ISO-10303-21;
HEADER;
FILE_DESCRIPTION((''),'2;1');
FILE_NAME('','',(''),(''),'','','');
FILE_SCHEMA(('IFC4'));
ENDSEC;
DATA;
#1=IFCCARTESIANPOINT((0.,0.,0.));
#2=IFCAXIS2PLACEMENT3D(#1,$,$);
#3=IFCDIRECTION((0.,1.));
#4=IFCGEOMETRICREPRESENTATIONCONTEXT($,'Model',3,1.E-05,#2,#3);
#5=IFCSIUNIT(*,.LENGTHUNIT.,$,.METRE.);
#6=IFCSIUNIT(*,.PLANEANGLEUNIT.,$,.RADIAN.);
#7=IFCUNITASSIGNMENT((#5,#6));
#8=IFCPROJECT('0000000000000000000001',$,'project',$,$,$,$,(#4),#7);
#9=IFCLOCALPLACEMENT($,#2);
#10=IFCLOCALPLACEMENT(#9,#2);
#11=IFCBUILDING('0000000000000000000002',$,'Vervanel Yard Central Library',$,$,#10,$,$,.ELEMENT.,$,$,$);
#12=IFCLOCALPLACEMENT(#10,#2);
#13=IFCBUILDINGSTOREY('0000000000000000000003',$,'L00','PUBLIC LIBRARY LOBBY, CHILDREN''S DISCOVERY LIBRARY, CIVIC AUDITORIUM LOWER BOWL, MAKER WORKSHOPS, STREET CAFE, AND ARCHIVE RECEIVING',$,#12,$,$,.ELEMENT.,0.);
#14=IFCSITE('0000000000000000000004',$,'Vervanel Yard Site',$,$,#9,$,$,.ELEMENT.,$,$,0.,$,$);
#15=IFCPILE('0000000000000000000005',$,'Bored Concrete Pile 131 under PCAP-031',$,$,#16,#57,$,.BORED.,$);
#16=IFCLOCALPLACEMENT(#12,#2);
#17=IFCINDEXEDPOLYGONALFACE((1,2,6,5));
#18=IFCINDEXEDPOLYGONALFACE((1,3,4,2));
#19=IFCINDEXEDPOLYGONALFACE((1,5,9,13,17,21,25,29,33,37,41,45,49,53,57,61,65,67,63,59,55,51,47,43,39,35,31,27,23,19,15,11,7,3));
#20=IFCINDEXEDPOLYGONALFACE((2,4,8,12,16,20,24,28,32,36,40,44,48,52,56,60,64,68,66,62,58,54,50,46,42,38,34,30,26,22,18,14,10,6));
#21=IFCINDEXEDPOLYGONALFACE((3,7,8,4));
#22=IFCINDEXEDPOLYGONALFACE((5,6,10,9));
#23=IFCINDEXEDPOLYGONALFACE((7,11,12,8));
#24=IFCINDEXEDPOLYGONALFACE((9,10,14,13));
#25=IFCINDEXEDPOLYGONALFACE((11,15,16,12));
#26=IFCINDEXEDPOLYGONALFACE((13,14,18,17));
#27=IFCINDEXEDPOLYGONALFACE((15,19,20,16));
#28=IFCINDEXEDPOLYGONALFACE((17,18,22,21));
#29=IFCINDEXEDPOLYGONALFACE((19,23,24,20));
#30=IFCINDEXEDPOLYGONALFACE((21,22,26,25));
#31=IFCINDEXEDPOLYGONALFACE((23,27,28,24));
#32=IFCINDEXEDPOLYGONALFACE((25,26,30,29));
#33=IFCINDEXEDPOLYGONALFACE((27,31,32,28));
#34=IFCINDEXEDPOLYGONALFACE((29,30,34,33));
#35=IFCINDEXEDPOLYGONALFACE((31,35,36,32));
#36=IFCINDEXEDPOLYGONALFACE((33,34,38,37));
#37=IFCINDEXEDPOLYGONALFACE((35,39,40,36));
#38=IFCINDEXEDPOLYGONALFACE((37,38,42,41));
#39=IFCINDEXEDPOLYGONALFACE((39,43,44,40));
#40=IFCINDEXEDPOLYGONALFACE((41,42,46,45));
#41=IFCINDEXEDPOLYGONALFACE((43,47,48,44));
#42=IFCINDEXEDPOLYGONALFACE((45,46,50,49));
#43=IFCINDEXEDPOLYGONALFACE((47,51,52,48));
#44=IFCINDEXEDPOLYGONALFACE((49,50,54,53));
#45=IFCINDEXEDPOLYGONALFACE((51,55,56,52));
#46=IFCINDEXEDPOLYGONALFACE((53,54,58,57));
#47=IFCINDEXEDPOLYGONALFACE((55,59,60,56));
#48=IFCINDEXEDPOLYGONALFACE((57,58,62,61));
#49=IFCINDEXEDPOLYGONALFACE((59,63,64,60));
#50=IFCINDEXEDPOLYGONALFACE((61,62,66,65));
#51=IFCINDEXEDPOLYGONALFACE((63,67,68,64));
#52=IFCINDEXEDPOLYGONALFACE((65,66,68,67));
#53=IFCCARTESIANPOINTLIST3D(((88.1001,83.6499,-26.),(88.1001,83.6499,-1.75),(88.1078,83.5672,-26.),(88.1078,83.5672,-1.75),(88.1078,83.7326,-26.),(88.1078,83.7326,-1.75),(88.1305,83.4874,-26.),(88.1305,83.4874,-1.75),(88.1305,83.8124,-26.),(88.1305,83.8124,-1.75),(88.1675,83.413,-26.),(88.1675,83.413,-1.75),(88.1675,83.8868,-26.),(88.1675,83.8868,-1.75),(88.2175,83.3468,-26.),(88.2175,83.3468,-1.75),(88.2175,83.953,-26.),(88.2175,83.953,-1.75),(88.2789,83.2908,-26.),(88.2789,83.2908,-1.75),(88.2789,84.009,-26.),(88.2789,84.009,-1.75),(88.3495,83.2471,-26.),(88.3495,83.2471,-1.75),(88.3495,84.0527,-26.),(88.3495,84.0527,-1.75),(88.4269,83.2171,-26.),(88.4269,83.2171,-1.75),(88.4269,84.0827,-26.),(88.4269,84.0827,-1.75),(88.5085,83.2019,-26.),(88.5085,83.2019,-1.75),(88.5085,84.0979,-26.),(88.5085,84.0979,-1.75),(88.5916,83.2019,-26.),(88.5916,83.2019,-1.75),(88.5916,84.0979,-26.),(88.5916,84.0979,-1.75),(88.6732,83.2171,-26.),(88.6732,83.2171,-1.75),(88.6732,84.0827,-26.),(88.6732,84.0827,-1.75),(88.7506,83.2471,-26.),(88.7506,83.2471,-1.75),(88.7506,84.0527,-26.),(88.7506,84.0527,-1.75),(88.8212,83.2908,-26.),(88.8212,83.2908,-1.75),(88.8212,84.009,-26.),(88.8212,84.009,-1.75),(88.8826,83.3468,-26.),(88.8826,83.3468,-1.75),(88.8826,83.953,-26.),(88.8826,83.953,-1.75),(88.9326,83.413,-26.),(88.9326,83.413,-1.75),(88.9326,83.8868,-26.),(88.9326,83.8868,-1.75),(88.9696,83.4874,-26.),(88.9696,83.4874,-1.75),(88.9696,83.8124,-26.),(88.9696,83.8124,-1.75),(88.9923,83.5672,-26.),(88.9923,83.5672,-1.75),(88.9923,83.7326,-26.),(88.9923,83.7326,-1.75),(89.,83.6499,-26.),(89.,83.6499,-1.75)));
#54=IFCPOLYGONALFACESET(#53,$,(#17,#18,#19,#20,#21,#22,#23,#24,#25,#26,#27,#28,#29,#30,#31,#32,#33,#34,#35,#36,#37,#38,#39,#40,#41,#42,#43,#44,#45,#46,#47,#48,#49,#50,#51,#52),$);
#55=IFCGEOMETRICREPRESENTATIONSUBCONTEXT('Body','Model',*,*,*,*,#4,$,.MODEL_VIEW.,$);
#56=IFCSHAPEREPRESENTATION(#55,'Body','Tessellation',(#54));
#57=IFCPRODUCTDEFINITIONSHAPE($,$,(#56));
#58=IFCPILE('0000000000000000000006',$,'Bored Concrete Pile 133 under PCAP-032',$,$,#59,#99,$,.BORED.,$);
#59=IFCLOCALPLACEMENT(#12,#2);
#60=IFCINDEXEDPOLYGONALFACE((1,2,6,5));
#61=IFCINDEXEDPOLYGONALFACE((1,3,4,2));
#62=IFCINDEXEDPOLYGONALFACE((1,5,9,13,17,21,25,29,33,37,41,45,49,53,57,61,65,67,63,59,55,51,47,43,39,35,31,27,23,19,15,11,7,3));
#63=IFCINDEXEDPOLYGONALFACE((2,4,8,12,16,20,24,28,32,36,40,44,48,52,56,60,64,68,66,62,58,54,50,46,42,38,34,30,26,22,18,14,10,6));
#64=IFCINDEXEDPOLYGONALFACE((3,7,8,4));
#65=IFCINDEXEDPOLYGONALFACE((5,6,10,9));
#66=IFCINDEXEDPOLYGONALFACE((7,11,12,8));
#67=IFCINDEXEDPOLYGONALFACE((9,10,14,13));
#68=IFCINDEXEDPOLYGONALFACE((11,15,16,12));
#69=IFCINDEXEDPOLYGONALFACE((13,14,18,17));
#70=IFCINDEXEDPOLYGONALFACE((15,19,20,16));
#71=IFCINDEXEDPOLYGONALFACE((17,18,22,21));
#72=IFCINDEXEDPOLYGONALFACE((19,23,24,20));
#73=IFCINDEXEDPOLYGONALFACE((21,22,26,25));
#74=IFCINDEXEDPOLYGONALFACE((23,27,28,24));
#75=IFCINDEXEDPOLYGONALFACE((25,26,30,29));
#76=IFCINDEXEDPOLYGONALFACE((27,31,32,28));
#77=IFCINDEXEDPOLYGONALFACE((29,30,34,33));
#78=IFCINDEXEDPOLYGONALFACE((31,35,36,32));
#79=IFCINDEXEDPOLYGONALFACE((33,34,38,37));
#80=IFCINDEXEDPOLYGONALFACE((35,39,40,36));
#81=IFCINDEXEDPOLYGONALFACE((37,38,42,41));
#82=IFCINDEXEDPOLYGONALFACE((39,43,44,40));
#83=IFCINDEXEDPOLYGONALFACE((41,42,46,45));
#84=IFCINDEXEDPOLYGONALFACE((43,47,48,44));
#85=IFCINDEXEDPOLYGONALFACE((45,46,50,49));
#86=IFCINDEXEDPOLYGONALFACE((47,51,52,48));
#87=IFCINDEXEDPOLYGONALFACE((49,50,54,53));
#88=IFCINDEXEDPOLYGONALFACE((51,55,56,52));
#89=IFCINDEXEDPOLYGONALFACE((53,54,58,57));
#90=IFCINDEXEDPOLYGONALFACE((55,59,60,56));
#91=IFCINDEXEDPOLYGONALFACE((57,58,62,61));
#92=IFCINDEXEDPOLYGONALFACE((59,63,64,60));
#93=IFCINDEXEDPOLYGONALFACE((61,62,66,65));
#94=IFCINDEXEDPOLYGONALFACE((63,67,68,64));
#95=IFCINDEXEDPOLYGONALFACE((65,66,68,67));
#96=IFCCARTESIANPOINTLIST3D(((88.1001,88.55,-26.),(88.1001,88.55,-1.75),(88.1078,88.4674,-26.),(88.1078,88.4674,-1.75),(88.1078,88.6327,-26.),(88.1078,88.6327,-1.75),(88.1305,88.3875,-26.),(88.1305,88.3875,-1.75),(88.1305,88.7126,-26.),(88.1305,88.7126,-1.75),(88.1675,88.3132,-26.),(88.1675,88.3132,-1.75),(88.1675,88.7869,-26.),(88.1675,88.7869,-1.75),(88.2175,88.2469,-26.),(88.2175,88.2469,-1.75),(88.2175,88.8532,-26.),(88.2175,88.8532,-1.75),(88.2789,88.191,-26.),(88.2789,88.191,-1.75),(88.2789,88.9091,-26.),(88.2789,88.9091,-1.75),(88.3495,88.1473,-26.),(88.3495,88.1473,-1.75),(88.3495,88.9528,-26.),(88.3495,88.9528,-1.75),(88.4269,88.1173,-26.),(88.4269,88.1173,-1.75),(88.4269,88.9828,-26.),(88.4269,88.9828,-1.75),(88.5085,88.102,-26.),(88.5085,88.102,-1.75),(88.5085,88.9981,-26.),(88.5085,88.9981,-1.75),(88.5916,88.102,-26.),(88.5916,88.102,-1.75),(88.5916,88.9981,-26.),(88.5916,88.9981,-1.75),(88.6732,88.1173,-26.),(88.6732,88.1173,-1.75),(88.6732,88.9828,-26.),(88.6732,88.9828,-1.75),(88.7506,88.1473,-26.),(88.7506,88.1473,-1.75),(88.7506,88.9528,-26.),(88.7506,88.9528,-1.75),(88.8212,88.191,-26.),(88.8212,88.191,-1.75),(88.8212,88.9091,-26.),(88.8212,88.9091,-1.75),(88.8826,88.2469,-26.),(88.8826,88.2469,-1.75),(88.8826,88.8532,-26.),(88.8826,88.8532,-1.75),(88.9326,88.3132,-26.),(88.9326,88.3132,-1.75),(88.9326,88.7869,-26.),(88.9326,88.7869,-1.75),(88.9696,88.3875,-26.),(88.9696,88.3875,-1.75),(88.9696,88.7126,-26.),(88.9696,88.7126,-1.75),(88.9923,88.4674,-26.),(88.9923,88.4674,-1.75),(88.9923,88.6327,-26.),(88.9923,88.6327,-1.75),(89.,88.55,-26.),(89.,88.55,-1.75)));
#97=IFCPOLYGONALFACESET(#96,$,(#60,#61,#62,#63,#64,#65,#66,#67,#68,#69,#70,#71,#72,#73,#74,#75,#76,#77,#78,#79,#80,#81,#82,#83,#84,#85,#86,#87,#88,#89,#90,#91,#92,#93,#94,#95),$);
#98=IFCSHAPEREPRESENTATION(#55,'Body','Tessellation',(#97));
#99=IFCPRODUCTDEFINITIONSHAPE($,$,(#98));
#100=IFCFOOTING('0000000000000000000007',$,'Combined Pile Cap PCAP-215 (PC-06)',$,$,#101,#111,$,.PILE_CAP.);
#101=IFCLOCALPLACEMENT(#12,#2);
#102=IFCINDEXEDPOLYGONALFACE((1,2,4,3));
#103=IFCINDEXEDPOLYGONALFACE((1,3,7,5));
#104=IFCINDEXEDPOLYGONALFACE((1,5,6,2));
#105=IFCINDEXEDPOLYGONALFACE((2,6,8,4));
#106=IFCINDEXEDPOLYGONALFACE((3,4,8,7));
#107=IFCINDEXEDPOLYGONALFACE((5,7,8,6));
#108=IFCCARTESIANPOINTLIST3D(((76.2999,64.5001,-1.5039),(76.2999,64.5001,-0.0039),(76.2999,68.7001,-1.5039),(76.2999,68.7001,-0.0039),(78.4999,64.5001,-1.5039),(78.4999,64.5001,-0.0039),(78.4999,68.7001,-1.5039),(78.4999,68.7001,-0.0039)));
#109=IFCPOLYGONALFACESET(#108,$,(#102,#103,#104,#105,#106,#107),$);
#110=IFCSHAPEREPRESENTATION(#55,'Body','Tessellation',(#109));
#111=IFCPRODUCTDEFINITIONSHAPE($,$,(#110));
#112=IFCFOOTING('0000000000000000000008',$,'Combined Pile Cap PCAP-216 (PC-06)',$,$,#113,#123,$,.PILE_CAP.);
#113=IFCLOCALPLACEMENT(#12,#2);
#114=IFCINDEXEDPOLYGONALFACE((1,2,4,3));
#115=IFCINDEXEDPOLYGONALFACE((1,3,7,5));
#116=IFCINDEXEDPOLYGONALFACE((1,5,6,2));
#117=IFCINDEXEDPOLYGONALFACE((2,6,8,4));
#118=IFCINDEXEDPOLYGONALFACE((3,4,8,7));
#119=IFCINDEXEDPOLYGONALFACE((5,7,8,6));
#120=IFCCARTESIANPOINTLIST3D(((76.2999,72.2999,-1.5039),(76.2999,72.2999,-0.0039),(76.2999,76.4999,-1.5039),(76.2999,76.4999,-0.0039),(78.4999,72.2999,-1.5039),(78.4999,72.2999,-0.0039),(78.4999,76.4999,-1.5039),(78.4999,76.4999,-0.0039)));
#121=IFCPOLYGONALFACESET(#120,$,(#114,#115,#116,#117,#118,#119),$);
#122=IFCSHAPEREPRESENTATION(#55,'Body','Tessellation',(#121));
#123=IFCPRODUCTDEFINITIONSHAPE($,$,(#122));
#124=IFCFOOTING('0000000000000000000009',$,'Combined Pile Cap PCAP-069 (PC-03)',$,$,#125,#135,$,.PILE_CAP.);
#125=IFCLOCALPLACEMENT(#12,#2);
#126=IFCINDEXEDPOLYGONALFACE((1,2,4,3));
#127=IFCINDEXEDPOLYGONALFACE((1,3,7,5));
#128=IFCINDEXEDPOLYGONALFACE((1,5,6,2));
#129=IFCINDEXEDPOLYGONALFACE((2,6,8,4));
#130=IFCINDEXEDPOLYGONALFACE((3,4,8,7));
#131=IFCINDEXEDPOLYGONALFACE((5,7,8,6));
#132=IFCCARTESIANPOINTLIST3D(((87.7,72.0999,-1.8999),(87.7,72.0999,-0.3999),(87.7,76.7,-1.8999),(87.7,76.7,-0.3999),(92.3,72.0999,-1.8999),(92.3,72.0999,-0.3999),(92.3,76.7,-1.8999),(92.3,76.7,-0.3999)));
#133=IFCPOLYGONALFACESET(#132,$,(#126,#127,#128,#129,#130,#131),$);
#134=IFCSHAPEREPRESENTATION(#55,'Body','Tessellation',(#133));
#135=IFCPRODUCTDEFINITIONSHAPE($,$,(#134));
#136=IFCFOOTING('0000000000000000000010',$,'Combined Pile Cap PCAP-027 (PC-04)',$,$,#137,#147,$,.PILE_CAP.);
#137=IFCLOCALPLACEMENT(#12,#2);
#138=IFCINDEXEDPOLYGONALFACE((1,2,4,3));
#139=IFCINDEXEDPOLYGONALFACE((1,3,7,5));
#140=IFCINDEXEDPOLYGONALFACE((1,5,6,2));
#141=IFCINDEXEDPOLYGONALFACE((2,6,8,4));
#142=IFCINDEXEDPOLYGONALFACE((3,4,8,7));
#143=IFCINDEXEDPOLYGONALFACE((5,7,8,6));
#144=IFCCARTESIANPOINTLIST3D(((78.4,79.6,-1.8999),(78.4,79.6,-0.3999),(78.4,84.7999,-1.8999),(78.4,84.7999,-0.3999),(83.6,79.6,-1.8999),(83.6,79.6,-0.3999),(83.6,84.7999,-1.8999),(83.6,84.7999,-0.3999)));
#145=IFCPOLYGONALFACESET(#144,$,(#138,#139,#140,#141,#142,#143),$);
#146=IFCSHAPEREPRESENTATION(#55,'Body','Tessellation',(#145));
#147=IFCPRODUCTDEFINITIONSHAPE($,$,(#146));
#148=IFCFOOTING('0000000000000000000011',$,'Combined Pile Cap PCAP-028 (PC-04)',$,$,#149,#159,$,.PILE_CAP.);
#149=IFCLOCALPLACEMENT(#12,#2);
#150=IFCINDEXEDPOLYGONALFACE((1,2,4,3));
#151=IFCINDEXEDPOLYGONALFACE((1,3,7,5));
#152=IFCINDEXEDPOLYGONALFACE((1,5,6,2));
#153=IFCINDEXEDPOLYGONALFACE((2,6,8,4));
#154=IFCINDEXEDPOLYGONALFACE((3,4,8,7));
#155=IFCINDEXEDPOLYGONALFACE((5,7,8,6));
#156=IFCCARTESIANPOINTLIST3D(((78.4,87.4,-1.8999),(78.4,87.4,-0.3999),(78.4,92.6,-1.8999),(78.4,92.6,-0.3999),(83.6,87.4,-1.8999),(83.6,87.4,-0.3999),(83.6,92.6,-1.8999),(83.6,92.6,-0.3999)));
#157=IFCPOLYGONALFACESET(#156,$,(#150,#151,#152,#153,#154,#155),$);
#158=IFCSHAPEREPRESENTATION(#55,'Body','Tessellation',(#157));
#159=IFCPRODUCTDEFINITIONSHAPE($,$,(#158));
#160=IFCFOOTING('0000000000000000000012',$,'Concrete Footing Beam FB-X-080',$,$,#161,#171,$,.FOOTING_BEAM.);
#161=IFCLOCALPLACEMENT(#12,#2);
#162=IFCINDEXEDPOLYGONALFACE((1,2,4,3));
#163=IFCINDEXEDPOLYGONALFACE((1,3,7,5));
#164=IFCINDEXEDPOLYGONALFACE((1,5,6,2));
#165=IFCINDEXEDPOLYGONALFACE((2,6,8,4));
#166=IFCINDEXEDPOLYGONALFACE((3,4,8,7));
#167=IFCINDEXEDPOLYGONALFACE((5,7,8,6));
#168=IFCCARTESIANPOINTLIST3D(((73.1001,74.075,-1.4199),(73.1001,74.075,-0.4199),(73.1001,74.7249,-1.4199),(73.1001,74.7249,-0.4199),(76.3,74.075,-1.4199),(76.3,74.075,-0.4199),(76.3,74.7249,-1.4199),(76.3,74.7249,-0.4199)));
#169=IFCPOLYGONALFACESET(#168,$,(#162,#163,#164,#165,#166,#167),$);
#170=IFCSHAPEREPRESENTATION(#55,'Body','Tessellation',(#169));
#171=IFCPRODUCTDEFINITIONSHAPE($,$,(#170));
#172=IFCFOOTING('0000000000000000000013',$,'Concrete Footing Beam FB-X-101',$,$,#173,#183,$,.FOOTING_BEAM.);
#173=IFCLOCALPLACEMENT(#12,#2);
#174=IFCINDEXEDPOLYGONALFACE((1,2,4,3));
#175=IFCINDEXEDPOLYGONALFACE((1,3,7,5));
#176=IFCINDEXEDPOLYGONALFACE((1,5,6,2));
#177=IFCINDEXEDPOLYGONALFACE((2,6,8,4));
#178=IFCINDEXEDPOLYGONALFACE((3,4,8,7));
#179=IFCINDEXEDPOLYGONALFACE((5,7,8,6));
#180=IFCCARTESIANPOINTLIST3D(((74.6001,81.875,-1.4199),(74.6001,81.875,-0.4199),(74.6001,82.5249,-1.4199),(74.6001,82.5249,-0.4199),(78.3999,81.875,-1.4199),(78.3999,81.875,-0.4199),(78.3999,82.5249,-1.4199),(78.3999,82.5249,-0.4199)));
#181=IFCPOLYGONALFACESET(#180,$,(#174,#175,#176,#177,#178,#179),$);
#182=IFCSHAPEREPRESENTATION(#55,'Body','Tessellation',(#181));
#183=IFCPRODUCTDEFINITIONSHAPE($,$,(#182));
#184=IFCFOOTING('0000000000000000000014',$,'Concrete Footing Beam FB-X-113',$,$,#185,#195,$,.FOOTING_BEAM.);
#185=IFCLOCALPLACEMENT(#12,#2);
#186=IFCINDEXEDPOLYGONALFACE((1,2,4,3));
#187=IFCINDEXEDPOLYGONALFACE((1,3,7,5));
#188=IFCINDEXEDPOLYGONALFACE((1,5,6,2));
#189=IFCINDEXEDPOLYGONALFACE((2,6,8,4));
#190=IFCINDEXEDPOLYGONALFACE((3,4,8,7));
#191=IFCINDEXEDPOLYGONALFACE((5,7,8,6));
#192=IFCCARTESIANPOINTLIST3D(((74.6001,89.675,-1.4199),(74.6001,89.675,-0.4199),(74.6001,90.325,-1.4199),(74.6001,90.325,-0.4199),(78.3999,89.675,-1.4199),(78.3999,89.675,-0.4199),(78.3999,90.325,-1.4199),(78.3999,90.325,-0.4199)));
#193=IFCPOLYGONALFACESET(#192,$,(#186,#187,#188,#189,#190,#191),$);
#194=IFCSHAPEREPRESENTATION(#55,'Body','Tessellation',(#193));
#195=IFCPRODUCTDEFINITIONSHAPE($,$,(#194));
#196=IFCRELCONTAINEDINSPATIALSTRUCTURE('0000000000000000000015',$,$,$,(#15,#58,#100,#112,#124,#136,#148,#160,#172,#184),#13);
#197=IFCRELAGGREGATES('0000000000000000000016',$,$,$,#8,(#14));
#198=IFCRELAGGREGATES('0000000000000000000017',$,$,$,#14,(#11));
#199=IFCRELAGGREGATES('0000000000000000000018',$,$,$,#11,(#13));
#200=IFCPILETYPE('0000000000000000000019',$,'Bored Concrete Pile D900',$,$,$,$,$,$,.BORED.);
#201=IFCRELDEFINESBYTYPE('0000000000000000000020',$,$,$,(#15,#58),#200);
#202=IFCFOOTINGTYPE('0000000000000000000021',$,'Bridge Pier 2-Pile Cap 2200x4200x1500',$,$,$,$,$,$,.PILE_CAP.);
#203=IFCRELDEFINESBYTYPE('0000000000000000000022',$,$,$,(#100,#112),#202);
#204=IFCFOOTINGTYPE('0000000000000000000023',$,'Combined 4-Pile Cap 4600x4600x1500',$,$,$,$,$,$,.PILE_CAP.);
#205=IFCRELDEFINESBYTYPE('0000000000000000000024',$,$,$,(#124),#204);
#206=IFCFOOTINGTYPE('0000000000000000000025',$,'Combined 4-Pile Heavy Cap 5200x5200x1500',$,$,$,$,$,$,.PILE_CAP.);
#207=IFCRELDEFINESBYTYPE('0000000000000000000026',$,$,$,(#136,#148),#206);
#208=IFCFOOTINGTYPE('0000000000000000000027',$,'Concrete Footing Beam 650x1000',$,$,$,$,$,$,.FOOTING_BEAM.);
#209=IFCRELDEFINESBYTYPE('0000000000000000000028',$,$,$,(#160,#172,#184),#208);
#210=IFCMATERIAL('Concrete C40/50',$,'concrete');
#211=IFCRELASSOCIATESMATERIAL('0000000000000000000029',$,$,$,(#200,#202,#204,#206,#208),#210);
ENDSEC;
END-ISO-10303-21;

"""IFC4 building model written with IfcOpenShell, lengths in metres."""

from ifc_helpers import new_model, si_unit, direction, frame, origin, origin_2d, place, context, subcontext, project, spatial, rectangle, circle, extrude, material, material_profile, profile_set, type_object, element, save


model = new_model("IFC4")

# Units and contexts
model_context = context("Model", 3, precision=1e-05, world=origin(), true_north=direction((0.0, 1.0)))
body_context = subcontext(model_context, "Body", "Model", "MODEL_VIEW")
ifc_project = project(units=[si_unit("LENGTHUNIT", "METRE"), si_unit("PLANEANGLEUNIT", "RADIAN")], contexts=[model_context])

# Site, building, storey
site_placement = place(None, origin())
site = spatial("IfcSite", under=ifc_project, at=site_placement, Name="Vervanel Yard Site", CompositionType="ELEMENT", RefElevation=0.0)
building_placement = place(site_placement, origin())
building = spatial("IfcBuilding", under=site, at=building_placement, Name="Vervanel Yard Central Library", CompositionType="ELEMENT")
storey_placement = place(building_placement, origin())
storey = spatial("IfcBuildingStorey", under=building, at=storey_placement, Name="L00", Description="PUBLIC LIBRARY LOBBY, CHILDREN'S DISCOVERY LIBRARY, CIVIC AUDITORIUM LOWER BOWL, MAKER WORKSHOPS, STREET CAFE, AND ARCHIVE RECEIVING", CompositionType="ELEMENT", Elevation=0.0)

# Piles
ifc_material_1 = material(Name="Concrete C40/50", Category="concrete")
ifc_material_profile_1 = material_profile(ifc_material_1, circle(Radius=0.45, at=origin_2d()), Name="BP D900", Category="concrete")
ifc_profile_set_1 = profile_set([ifc_material_profile_1], Name="Concrete C40/50")
pile_type_1 = type_object("IfcPileType", Name="Bored Concrete Pile D900", PredefinedType="BORED", material=ifc_profile_set_1)
for number, where, z_axis, x_axis, name in (
    (1, (88.55, 83.6499, -1.75), (0.0, 0.0, -1.0), (1.0, 0.0, 0.0), "Bored Concrete Pile 131 under PCAP-031"),
    (2, (88.55, 88.55, -1.75), (0.0, 0.0, -1.0), (1.0, 0.0, 0.0), "Bored Concrete Pile 133 under PCAP-032"),
):
    element("IfcPile", number, at=place(storey_placement, frame(where, z_axis=z_axis, x_axis=x_axis)), inside=storey, type_object=pile_type_1, Name=name, PredefinedType="BORED", context=body_context, shape_type="SweptSolid", body=[
        extrude(circle(Radius=0.45, at=origin_2d()), origin(), (0.0, 0.0, 1.0), 24.25),
    ])

# Footings
footing_type_1 = type_object("IfcFootingType", Name="Bridge Pier 2-Pile Cap 2200x4200x1500", PredefinedType="PILE_CAP", material=ifc_material_1)
for number, where, z_axis, x_axis, name in (
    (3, (77.3999, 66.6001, -1.5039), (0.0, 0.0, 1.0), (1.0, 0.0, 0.0), "Combined Pile Cap PCAP-215 (PC-06)"),
    (4, (77.3999, 74.3999, -1.5039), (0.0, 0.0, 1.0), (1.0, 0.0, 0.0), "Combined Pile Cap PCAP-216 (PC-06)"),
):
    element("IfcFooting", number, at=place(storey_placement, frame(where, z_axis=z_axis, x_axis=x_axis)), inside=storey, type_object=footing_type_1, Name=name, PredefinedType="PILE_CAP", context=body_context, shape_type="SweptSolid", body=[
        extrude(rectangle(XDim=2.2, YDim=4.2, at=origin_2d()), origin(), (0.0, 0.0, 1.0), 1.5),
    ])
footing_type_2 = type_object("IfcFootingType", Name="Combined 4-Pile Cap 4600x4600x1500", PredefinedType="PILE_CAP", material=ifc_material_1)
footing_1_placement = place(storey_placement, frame((90.0, 74.3999, -1.8999), z_axis=(0.0, 0.0, 1.0), x_axis=(1.0, 0.0, 0.0)))
element("IfcFooting", 5, at=footing_1_placement, inside=storey, type_object=footing_type_2, Name="Combined Pile Cap PCAP-069 (PC-03)", PredefinedType="PILE_CAP", context=body_context, shape_type="SweptSolid", body=[
    extrude(rectangle(XDim=4.6001, YDim=4.6001, at=origin_2d()), origin(), (0.0, 0.0, 1.0), 1.5),
])
footing_type_3 = type_object("IfcFootingType", Name="Combined 4-Pile Heavy Cap 5200x5200x1500", PredefinedType="PILE_CAP", material=ifc_material_1)
for number, where, z_axis, x_axis, name in (
    (6, (81.0, 82.2, -1.8999), (0.0, 0.0, 1.0), (1.0, 0.0, 0.0), "Combined Pile Cap PCAP-027 (PC-04)"),
    (7, (81.0, 90.0, -1.8999), (0.0, 0.0, 1.0), (1.0, 0.0, 0.0), "Combined Pile Cap PCAP-028 (PC-04)"),
):
    element("IfcFooting", number, at=place(storey_placement, frame(where, z_axis=z_axis, x_axis=x_axis)), inside=storey, type_object=footing_type_3, Name=name, PredefinedType="PILE_CAP", context=body_context, shape_type="SweptSolid", body=[
        extrude(rectangle(XDim=5.2, YDim=5.2, at=origin_2d()), origin(), (0.0, 0.0, 1.0), 1.5),
    ])
ifc_material_profile_2 = material_profile(ifc_material_1, rectangle(XDim=0.6499, YDim=1.0, at=origin_2d()), Name="RC 650x1000", Category="concrete")
ifc_profile_set_2 = profile_set([ifc_material_profile_2], Name="Concrete C40/50")
footing_type_4 = type_object("IfcFootingType", Name="Concrete Footing Beam 650x1000", PredefinedType="FOOTING_BEAM", material=ifc_profile_set_2)
footing_2_placement = place(storey_placement, frame((73.1001, 74.3999, -0.9199), z_axis=(1.0, 0.0, 0.0), x_axis=(0.0, 1.0, 0.0)))
element("IfcFooting", 8, at=footing_2_placement, inside=storey, type_object=footing_type_4, Name="Concrete Footing Beam FB-X-080", PredefinedType="FOOTING_BEAM", context=body_context, shape_type="SweptSolid", body=[
    extrude(rectangle(XDim=0.6499, YDim=1.0, at=origin_2d()), origin(), (0.0, 0.0, 1.0), 3.2),
])
for number, where, z_axis, x_axis, name in (
    (9, (74.6001, 82.2, -0.9199), (1.0, 0.0, 0.0), (0.0, 1.0, 0.0), "Concrete Footing Beam FB-X-101"),
    (10, (74.6001, 90.0, -0.9199), (1.0, 0.0, 0.0), (0.0, 1.0, 0.0), "Concrete Footing Beam FB-X-113"),
):
    element("IfcFooting", number, at=place(storey_placement, frame(where, z_axis=z_axis, x_axis=x_axis)), inside=storey, type_object=footing_type_4, Name=name, PredefinedType="FOOTING_BEAM", context=body_context, shape_type="SweptSolid", body=[
        extrude(rectangle(XDim=0.6499, YDim=1.0, at=origin_2d()), origin(), (0.0, 0.0, 1.0), 3.7998),
    ])

save(model, "model.ifc")
